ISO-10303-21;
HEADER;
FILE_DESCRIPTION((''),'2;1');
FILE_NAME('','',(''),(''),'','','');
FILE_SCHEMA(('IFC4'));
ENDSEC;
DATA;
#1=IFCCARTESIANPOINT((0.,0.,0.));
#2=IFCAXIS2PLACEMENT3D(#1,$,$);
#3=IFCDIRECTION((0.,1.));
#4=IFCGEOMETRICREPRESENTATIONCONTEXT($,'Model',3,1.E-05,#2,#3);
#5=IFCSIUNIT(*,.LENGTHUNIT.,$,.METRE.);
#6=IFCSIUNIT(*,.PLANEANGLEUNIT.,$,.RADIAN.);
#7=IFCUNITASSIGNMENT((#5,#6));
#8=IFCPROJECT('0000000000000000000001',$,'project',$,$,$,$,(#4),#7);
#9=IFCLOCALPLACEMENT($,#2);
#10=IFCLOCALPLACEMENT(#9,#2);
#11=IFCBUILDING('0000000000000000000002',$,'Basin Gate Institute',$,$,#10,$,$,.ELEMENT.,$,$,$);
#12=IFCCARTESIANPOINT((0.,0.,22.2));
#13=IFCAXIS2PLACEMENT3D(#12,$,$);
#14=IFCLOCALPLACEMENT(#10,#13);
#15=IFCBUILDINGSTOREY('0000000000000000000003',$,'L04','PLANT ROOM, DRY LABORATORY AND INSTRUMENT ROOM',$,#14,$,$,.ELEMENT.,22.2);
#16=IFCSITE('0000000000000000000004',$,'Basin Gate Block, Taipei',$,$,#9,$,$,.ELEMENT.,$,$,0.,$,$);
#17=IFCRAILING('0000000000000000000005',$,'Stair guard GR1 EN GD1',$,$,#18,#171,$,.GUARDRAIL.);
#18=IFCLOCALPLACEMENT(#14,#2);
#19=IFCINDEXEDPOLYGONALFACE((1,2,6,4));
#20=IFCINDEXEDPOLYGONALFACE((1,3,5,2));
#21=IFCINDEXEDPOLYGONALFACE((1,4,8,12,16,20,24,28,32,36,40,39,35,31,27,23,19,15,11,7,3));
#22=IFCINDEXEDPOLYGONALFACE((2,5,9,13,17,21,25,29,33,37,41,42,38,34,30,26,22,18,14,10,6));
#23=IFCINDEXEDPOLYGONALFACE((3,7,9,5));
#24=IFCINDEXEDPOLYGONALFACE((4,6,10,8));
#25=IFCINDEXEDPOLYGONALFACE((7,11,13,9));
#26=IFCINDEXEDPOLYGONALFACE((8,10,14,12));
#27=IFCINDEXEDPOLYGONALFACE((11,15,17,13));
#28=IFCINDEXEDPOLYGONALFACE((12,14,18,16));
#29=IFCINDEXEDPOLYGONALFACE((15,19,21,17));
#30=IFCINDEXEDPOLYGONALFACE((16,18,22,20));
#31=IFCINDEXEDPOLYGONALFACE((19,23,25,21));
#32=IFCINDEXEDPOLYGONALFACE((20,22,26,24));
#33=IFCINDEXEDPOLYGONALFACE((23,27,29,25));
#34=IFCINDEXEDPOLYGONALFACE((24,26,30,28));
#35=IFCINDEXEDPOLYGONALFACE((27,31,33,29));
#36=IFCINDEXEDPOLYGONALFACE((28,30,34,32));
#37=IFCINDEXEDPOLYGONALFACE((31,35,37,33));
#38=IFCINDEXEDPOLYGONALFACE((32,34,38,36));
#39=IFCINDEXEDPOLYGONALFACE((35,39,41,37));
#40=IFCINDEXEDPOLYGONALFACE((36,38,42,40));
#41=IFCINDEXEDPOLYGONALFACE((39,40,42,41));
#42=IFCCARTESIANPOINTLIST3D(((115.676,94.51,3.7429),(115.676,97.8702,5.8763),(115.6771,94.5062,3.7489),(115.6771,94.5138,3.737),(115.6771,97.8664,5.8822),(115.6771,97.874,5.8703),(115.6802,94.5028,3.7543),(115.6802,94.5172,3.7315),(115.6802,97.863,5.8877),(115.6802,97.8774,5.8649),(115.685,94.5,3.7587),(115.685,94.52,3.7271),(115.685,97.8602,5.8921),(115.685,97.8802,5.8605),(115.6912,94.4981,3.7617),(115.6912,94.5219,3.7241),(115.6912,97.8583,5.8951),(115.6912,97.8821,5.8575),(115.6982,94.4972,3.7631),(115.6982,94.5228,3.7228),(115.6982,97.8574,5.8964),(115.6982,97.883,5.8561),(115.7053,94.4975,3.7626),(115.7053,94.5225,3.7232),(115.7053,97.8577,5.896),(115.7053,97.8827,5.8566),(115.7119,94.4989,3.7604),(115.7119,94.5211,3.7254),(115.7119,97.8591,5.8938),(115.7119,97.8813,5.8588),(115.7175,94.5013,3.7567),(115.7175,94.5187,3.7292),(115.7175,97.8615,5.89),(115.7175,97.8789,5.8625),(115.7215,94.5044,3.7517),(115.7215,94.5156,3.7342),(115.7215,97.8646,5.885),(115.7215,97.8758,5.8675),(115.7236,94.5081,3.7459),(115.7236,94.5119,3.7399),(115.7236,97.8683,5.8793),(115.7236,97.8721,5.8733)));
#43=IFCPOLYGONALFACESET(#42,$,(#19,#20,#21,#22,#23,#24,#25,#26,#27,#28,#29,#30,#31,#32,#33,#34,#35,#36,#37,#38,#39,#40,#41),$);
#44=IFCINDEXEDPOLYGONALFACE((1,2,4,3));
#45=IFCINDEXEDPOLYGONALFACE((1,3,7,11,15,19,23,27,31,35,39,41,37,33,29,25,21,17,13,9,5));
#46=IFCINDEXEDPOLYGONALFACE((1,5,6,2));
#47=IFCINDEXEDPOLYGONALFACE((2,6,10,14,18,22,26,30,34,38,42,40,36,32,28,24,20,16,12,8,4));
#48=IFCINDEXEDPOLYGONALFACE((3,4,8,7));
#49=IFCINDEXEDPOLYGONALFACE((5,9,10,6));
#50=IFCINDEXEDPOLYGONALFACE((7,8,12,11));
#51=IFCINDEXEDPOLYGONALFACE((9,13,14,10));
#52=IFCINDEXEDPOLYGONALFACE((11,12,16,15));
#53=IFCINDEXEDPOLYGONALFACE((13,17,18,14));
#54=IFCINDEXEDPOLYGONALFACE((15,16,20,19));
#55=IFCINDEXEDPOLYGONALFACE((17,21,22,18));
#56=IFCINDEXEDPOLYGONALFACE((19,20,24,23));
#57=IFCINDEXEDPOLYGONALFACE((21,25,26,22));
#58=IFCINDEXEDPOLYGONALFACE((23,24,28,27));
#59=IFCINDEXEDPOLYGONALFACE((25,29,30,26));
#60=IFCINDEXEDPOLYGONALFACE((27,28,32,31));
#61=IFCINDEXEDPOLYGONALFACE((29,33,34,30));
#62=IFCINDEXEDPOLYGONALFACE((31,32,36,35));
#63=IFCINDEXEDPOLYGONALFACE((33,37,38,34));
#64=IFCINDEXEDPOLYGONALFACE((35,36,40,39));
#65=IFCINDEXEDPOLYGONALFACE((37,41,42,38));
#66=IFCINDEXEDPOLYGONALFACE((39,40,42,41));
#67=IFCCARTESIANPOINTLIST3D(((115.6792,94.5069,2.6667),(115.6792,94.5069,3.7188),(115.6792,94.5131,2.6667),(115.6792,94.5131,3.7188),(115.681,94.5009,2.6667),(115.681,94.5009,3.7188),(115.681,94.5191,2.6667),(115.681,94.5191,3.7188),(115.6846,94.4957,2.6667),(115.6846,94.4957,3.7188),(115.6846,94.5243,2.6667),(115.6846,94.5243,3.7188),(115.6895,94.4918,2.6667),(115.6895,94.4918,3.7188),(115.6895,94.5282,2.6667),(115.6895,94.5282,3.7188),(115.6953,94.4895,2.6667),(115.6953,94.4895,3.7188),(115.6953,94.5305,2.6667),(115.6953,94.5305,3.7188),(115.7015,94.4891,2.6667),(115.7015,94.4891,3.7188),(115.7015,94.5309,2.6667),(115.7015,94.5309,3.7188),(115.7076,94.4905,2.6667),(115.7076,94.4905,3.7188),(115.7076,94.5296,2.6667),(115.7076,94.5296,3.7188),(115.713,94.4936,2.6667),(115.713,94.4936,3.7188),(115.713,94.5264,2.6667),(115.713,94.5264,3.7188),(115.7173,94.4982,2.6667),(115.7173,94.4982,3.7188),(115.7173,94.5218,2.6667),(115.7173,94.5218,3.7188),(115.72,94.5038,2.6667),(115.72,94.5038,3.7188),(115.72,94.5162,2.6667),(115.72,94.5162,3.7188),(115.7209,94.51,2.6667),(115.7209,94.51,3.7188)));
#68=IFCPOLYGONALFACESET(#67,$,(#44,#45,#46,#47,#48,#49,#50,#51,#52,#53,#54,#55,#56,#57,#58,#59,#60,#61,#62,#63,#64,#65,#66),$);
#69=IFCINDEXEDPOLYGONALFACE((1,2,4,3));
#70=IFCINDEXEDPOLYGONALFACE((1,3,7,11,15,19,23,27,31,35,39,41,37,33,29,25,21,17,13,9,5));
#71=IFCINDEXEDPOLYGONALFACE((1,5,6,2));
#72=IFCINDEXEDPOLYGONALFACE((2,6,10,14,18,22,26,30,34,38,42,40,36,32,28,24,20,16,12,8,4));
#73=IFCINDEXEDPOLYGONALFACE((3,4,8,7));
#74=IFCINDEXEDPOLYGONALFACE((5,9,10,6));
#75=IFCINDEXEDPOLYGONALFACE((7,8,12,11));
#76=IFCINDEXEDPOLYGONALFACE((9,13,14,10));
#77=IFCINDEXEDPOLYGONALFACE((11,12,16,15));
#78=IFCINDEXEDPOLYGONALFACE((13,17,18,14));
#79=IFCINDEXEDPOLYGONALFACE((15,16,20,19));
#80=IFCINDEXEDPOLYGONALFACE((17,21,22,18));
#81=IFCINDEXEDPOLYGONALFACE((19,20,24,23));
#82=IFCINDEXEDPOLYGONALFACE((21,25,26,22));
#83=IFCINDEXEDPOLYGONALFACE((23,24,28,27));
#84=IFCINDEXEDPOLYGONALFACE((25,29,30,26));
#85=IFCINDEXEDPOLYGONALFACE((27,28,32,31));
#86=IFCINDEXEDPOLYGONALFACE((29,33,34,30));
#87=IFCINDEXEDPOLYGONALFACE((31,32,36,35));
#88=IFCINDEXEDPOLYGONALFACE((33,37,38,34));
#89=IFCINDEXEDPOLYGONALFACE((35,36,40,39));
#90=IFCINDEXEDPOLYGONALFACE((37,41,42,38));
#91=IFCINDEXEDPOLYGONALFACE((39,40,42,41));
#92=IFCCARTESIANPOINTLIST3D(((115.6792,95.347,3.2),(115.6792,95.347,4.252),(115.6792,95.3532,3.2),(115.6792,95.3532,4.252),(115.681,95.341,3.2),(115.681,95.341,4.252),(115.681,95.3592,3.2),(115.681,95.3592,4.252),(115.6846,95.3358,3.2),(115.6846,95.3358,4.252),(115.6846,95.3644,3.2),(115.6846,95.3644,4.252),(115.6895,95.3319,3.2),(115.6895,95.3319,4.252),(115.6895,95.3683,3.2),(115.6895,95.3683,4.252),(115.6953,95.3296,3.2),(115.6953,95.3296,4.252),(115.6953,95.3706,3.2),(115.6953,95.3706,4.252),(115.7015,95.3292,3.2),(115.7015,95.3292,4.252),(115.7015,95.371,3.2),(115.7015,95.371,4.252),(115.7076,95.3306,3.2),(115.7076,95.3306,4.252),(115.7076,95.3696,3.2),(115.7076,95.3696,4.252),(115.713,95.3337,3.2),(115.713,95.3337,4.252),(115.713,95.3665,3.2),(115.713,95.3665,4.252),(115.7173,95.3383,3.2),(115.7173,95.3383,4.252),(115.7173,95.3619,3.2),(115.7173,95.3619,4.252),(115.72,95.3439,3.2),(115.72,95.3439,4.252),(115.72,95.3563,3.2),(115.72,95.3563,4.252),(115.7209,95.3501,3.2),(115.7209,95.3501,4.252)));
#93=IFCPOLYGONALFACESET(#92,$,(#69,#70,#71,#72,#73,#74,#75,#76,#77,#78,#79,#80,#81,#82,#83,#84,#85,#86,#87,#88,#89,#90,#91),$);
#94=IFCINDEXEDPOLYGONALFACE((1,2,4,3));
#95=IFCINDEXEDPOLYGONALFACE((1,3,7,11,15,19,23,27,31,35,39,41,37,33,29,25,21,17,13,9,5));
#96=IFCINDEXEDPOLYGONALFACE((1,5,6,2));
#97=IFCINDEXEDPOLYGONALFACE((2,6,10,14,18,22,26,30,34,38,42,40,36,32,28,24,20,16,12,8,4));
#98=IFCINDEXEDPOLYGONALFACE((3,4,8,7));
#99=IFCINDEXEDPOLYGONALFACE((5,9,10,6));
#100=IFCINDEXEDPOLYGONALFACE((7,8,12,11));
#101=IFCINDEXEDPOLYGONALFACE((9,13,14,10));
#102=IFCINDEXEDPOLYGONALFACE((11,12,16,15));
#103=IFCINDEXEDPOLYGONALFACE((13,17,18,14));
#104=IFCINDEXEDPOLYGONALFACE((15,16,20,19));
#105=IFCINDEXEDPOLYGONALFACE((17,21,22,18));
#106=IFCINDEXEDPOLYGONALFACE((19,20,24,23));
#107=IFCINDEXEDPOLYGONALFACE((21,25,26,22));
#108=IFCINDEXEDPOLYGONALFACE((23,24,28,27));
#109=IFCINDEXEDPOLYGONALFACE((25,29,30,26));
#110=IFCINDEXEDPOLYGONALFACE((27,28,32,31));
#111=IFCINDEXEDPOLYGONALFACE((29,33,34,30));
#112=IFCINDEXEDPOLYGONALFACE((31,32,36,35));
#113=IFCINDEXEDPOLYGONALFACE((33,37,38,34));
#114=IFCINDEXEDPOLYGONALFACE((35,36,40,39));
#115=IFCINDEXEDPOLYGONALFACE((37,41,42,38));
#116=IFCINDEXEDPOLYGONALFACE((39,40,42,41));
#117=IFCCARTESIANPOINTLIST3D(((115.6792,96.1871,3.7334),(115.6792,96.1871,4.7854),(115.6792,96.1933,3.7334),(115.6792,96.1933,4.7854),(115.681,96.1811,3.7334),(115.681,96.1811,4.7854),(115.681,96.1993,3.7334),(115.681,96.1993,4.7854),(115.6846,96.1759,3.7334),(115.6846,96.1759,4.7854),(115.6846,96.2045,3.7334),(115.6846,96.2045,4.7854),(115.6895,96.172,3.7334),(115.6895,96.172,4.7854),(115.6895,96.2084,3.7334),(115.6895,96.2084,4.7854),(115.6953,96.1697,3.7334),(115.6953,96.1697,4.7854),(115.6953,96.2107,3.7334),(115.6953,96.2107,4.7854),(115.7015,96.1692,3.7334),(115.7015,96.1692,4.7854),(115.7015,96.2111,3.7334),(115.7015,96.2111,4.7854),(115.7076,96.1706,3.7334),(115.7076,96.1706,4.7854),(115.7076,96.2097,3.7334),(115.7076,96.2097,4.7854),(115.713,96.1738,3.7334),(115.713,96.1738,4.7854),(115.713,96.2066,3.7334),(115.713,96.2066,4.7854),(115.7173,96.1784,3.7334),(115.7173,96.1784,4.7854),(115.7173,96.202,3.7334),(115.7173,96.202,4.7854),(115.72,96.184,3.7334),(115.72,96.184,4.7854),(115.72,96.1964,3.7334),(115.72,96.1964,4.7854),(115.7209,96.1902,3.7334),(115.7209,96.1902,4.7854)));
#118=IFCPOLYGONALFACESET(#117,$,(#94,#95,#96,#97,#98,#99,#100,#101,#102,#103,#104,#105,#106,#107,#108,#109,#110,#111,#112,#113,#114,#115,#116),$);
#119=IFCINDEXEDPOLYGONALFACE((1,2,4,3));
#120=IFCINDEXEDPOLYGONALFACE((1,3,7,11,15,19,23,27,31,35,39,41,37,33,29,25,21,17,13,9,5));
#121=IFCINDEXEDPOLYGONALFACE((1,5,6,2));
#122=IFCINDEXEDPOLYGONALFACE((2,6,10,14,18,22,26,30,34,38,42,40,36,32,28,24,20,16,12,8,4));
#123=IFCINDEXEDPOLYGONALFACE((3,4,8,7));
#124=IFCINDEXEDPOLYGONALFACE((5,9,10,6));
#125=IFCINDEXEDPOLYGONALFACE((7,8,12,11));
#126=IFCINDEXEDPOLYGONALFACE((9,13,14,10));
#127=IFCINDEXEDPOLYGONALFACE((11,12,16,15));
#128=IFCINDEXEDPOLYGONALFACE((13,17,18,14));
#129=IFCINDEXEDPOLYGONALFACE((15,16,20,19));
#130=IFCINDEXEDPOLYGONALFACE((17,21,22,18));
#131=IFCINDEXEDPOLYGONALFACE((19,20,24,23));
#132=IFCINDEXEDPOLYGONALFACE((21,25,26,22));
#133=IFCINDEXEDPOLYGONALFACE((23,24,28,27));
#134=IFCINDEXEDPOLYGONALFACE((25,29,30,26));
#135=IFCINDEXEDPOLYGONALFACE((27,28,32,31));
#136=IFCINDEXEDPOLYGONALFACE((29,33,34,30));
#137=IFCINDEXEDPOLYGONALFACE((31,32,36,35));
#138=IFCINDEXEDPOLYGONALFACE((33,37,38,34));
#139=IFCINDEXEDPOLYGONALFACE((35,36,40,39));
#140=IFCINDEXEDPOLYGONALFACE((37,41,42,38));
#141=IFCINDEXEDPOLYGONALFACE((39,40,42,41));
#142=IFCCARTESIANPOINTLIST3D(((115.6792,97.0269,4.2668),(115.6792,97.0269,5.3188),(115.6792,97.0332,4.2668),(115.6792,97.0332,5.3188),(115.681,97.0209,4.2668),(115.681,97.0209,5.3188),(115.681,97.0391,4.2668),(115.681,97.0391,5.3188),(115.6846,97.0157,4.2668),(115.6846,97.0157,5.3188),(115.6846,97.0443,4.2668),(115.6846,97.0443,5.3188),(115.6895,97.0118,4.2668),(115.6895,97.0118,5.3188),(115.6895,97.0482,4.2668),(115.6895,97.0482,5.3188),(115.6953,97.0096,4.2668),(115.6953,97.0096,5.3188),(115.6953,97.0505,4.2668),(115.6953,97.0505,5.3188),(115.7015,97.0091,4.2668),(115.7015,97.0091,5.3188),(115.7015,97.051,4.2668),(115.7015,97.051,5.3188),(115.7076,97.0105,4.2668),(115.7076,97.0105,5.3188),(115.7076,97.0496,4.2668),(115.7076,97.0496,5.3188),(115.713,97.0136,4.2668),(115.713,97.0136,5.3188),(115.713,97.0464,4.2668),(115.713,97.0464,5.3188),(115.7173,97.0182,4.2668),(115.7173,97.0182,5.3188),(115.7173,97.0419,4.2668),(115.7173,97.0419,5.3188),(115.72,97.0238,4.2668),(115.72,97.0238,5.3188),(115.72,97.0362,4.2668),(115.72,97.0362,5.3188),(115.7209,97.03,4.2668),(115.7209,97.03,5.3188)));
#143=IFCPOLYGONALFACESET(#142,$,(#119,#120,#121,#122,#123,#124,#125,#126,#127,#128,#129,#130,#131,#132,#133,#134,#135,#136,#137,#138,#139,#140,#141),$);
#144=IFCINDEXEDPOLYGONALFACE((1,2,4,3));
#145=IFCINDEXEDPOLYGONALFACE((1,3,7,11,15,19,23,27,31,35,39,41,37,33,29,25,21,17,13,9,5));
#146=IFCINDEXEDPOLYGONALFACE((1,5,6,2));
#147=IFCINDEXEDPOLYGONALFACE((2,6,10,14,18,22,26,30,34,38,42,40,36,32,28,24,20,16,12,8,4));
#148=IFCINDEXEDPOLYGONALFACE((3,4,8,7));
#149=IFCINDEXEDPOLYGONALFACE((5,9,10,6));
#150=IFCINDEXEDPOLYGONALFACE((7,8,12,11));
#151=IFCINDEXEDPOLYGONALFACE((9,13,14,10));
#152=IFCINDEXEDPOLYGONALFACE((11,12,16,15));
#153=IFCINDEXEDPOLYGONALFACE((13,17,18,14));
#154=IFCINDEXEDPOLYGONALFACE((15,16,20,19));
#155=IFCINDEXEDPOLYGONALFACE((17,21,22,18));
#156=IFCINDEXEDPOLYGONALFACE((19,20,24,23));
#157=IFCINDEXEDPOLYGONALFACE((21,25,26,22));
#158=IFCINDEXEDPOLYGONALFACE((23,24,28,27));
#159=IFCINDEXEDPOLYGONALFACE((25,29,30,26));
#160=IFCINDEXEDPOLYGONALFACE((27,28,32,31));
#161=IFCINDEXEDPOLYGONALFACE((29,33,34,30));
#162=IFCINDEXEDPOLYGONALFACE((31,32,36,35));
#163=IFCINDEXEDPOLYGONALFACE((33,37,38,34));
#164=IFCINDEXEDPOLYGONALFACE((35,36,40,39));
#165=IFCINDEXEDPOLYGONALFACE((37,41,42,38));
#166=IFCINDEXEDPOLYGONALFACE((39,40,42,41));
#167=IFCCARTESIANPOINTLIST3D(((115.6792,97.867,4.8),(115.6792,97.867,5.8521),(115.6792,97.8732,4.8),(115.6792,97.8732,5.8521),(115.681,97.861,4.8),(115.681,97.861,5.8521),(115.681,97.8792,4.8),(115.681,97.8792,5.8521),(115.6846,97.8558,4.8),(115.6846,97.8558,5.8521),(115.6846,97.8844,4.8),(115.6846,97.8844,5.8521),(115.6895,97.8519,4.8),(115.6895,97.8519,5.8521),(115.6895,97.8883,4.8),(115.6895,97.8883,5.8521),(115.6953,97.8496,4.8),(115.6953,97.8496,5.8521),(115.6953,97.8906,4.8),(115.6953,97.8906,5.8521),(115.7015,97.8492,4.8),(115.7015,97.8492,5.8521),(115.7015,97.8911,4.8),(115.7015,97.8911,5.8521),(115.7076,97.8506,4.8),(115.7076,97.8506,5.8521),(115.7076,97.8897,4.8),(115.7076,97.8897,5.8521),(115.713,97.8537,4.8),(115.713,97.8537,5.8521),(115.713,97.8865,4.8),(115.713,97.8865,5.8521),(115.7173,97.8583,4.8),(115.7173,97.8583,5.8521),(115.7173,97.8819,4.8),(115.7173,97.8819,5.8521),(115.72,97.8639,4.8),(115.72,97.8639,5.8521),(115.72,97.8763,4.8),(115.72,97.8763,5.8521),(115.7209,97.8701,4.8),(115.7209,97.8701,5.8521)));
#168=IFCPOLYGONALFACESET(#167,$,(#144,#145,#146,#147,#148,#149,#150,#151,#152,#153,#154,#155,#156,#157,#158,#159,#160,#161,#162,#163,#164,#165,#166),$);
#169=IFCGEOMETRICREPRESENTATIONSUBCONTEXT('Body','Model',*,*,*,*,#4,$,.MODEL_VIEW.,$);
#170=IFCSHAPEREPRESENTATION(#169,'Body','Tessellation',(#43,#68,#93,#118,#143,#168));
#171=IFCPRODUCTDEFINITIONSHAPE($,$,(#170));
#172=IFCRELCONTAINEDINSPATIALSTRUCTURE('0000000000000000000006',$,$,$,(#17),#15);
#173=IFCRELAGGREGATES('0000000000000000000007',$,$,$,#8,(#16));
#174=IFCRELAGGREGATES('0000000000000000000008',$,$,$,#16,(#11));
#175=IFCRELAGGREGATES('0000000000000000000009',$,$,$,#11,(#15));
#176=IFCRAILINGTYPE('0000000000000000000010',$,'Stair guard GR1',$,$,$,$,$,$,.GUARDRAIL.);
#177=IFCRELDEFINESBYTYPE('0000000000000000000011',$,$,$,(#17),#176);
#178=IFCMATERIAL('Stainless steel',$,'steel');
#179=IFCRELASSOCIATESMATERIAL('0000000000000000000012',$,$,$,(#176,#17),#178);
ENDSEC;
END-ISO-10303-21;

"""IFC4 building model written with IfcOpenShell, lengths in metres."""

from ifc_helpers import new_model, si_unit, direction, frame, origin, origin_2d, place, context, subcontext, project, spatial, circle, extrude, material, type_object, element, save


model = new_model("IFC4")

# Units and contexts
model_context = context("Model", 3, precision=1e-05, world=origin(), true_north=direction((0.0, 1.0)))
body_context = subcontext(model_context, "Body", "Model", "MODEL_VIEW")
ifc_project = project(units=[si_unit("LENGTHUNIT", "METRE"), si_unit("PLANEANGLEUNIT", "RADIAN")], contexts=[model_context])

# Site, building, storey
site_placement = place(None, origin())
site = spatial("IfcSite", under=ifc_project, at=site_placement, Name="Basin Gate Block, Taipei", CompositionType="ELEMENT", RefElevation=0.0)
building_placement = place(site_placement, origin())
building = spatial("IfcBuilding", under=site, at=building_placement, Name="Basin Gate Institute", CompositionType="ELEMENT")
storey_placement = place(building_placement, frame((0.0, 0.0, 22.2)))
storey = spatial("IfcBuildingStorey", under=building, at=storey_placement, Name="L04", Description="PLANT ROOM, DRY LABORATORY AND INSTRUMENT ROOM", CompositionType="ELEMENT", Elevation=22.2)

# Railing
ifc_material_1 = material(Name="Stainless steel", Category="steel")
railing_type_1 = type_object("IfcRailingType", Name="Stair guard GR1", PredefinedType="GUARDRAIL", material=ifc_material_1)
railing_1_placement = place(storey_placement, frame((115.7, 94.51, 2.6667)))
element("IfcRailing", 1, at=railing_1_placement, inside=storey, type_object=railing_type_1, material=ifc_material_1, Name="Stair guard GR1 EN GD1", PredefinedType="GUARDRAIL", context=body_context, shape_type="SweptSolid", body=[
    extrude(circle(Radius=0.0239, at=origin_2d()), frame((0.0, 0.0, 1.0762), z_axis=(0.0, 0.844224, 0.53599), x_axis=(-1.0, 0.0, 0.0)), (0.0, 0.0, 1.0), 3.9802),
    extrude(circle(Radius=0.021, at=origin_2d()), origin(), (0.0, 0.0, 1.0), 1.052),
    extrude(circle(Radius=0.021, at=origin_2d()), frame((0.0, 0.8401, 0.5332)), (0.0, 0.0, 1.0), 1.052),
    extrude(circle(Radius=0.021, at=origin_2d()), frame((0.0, 1.6802, 1.0667)), (0.0, 0.0, 1.0), 1.052),
    extrude(circle(Radius=0.021, at=origin_2d()), frame((0.0, 2.52, 1.6001)), (0.0, 0.0, 1.0), 1.052),
    extrude(circle(Radius=0.021, at=origin_2d()), frame((0.0, 3.3601, 2.1333)), (0.0, 0.0, 1.0), 1.052),
])

save(model, "model.ifc")
